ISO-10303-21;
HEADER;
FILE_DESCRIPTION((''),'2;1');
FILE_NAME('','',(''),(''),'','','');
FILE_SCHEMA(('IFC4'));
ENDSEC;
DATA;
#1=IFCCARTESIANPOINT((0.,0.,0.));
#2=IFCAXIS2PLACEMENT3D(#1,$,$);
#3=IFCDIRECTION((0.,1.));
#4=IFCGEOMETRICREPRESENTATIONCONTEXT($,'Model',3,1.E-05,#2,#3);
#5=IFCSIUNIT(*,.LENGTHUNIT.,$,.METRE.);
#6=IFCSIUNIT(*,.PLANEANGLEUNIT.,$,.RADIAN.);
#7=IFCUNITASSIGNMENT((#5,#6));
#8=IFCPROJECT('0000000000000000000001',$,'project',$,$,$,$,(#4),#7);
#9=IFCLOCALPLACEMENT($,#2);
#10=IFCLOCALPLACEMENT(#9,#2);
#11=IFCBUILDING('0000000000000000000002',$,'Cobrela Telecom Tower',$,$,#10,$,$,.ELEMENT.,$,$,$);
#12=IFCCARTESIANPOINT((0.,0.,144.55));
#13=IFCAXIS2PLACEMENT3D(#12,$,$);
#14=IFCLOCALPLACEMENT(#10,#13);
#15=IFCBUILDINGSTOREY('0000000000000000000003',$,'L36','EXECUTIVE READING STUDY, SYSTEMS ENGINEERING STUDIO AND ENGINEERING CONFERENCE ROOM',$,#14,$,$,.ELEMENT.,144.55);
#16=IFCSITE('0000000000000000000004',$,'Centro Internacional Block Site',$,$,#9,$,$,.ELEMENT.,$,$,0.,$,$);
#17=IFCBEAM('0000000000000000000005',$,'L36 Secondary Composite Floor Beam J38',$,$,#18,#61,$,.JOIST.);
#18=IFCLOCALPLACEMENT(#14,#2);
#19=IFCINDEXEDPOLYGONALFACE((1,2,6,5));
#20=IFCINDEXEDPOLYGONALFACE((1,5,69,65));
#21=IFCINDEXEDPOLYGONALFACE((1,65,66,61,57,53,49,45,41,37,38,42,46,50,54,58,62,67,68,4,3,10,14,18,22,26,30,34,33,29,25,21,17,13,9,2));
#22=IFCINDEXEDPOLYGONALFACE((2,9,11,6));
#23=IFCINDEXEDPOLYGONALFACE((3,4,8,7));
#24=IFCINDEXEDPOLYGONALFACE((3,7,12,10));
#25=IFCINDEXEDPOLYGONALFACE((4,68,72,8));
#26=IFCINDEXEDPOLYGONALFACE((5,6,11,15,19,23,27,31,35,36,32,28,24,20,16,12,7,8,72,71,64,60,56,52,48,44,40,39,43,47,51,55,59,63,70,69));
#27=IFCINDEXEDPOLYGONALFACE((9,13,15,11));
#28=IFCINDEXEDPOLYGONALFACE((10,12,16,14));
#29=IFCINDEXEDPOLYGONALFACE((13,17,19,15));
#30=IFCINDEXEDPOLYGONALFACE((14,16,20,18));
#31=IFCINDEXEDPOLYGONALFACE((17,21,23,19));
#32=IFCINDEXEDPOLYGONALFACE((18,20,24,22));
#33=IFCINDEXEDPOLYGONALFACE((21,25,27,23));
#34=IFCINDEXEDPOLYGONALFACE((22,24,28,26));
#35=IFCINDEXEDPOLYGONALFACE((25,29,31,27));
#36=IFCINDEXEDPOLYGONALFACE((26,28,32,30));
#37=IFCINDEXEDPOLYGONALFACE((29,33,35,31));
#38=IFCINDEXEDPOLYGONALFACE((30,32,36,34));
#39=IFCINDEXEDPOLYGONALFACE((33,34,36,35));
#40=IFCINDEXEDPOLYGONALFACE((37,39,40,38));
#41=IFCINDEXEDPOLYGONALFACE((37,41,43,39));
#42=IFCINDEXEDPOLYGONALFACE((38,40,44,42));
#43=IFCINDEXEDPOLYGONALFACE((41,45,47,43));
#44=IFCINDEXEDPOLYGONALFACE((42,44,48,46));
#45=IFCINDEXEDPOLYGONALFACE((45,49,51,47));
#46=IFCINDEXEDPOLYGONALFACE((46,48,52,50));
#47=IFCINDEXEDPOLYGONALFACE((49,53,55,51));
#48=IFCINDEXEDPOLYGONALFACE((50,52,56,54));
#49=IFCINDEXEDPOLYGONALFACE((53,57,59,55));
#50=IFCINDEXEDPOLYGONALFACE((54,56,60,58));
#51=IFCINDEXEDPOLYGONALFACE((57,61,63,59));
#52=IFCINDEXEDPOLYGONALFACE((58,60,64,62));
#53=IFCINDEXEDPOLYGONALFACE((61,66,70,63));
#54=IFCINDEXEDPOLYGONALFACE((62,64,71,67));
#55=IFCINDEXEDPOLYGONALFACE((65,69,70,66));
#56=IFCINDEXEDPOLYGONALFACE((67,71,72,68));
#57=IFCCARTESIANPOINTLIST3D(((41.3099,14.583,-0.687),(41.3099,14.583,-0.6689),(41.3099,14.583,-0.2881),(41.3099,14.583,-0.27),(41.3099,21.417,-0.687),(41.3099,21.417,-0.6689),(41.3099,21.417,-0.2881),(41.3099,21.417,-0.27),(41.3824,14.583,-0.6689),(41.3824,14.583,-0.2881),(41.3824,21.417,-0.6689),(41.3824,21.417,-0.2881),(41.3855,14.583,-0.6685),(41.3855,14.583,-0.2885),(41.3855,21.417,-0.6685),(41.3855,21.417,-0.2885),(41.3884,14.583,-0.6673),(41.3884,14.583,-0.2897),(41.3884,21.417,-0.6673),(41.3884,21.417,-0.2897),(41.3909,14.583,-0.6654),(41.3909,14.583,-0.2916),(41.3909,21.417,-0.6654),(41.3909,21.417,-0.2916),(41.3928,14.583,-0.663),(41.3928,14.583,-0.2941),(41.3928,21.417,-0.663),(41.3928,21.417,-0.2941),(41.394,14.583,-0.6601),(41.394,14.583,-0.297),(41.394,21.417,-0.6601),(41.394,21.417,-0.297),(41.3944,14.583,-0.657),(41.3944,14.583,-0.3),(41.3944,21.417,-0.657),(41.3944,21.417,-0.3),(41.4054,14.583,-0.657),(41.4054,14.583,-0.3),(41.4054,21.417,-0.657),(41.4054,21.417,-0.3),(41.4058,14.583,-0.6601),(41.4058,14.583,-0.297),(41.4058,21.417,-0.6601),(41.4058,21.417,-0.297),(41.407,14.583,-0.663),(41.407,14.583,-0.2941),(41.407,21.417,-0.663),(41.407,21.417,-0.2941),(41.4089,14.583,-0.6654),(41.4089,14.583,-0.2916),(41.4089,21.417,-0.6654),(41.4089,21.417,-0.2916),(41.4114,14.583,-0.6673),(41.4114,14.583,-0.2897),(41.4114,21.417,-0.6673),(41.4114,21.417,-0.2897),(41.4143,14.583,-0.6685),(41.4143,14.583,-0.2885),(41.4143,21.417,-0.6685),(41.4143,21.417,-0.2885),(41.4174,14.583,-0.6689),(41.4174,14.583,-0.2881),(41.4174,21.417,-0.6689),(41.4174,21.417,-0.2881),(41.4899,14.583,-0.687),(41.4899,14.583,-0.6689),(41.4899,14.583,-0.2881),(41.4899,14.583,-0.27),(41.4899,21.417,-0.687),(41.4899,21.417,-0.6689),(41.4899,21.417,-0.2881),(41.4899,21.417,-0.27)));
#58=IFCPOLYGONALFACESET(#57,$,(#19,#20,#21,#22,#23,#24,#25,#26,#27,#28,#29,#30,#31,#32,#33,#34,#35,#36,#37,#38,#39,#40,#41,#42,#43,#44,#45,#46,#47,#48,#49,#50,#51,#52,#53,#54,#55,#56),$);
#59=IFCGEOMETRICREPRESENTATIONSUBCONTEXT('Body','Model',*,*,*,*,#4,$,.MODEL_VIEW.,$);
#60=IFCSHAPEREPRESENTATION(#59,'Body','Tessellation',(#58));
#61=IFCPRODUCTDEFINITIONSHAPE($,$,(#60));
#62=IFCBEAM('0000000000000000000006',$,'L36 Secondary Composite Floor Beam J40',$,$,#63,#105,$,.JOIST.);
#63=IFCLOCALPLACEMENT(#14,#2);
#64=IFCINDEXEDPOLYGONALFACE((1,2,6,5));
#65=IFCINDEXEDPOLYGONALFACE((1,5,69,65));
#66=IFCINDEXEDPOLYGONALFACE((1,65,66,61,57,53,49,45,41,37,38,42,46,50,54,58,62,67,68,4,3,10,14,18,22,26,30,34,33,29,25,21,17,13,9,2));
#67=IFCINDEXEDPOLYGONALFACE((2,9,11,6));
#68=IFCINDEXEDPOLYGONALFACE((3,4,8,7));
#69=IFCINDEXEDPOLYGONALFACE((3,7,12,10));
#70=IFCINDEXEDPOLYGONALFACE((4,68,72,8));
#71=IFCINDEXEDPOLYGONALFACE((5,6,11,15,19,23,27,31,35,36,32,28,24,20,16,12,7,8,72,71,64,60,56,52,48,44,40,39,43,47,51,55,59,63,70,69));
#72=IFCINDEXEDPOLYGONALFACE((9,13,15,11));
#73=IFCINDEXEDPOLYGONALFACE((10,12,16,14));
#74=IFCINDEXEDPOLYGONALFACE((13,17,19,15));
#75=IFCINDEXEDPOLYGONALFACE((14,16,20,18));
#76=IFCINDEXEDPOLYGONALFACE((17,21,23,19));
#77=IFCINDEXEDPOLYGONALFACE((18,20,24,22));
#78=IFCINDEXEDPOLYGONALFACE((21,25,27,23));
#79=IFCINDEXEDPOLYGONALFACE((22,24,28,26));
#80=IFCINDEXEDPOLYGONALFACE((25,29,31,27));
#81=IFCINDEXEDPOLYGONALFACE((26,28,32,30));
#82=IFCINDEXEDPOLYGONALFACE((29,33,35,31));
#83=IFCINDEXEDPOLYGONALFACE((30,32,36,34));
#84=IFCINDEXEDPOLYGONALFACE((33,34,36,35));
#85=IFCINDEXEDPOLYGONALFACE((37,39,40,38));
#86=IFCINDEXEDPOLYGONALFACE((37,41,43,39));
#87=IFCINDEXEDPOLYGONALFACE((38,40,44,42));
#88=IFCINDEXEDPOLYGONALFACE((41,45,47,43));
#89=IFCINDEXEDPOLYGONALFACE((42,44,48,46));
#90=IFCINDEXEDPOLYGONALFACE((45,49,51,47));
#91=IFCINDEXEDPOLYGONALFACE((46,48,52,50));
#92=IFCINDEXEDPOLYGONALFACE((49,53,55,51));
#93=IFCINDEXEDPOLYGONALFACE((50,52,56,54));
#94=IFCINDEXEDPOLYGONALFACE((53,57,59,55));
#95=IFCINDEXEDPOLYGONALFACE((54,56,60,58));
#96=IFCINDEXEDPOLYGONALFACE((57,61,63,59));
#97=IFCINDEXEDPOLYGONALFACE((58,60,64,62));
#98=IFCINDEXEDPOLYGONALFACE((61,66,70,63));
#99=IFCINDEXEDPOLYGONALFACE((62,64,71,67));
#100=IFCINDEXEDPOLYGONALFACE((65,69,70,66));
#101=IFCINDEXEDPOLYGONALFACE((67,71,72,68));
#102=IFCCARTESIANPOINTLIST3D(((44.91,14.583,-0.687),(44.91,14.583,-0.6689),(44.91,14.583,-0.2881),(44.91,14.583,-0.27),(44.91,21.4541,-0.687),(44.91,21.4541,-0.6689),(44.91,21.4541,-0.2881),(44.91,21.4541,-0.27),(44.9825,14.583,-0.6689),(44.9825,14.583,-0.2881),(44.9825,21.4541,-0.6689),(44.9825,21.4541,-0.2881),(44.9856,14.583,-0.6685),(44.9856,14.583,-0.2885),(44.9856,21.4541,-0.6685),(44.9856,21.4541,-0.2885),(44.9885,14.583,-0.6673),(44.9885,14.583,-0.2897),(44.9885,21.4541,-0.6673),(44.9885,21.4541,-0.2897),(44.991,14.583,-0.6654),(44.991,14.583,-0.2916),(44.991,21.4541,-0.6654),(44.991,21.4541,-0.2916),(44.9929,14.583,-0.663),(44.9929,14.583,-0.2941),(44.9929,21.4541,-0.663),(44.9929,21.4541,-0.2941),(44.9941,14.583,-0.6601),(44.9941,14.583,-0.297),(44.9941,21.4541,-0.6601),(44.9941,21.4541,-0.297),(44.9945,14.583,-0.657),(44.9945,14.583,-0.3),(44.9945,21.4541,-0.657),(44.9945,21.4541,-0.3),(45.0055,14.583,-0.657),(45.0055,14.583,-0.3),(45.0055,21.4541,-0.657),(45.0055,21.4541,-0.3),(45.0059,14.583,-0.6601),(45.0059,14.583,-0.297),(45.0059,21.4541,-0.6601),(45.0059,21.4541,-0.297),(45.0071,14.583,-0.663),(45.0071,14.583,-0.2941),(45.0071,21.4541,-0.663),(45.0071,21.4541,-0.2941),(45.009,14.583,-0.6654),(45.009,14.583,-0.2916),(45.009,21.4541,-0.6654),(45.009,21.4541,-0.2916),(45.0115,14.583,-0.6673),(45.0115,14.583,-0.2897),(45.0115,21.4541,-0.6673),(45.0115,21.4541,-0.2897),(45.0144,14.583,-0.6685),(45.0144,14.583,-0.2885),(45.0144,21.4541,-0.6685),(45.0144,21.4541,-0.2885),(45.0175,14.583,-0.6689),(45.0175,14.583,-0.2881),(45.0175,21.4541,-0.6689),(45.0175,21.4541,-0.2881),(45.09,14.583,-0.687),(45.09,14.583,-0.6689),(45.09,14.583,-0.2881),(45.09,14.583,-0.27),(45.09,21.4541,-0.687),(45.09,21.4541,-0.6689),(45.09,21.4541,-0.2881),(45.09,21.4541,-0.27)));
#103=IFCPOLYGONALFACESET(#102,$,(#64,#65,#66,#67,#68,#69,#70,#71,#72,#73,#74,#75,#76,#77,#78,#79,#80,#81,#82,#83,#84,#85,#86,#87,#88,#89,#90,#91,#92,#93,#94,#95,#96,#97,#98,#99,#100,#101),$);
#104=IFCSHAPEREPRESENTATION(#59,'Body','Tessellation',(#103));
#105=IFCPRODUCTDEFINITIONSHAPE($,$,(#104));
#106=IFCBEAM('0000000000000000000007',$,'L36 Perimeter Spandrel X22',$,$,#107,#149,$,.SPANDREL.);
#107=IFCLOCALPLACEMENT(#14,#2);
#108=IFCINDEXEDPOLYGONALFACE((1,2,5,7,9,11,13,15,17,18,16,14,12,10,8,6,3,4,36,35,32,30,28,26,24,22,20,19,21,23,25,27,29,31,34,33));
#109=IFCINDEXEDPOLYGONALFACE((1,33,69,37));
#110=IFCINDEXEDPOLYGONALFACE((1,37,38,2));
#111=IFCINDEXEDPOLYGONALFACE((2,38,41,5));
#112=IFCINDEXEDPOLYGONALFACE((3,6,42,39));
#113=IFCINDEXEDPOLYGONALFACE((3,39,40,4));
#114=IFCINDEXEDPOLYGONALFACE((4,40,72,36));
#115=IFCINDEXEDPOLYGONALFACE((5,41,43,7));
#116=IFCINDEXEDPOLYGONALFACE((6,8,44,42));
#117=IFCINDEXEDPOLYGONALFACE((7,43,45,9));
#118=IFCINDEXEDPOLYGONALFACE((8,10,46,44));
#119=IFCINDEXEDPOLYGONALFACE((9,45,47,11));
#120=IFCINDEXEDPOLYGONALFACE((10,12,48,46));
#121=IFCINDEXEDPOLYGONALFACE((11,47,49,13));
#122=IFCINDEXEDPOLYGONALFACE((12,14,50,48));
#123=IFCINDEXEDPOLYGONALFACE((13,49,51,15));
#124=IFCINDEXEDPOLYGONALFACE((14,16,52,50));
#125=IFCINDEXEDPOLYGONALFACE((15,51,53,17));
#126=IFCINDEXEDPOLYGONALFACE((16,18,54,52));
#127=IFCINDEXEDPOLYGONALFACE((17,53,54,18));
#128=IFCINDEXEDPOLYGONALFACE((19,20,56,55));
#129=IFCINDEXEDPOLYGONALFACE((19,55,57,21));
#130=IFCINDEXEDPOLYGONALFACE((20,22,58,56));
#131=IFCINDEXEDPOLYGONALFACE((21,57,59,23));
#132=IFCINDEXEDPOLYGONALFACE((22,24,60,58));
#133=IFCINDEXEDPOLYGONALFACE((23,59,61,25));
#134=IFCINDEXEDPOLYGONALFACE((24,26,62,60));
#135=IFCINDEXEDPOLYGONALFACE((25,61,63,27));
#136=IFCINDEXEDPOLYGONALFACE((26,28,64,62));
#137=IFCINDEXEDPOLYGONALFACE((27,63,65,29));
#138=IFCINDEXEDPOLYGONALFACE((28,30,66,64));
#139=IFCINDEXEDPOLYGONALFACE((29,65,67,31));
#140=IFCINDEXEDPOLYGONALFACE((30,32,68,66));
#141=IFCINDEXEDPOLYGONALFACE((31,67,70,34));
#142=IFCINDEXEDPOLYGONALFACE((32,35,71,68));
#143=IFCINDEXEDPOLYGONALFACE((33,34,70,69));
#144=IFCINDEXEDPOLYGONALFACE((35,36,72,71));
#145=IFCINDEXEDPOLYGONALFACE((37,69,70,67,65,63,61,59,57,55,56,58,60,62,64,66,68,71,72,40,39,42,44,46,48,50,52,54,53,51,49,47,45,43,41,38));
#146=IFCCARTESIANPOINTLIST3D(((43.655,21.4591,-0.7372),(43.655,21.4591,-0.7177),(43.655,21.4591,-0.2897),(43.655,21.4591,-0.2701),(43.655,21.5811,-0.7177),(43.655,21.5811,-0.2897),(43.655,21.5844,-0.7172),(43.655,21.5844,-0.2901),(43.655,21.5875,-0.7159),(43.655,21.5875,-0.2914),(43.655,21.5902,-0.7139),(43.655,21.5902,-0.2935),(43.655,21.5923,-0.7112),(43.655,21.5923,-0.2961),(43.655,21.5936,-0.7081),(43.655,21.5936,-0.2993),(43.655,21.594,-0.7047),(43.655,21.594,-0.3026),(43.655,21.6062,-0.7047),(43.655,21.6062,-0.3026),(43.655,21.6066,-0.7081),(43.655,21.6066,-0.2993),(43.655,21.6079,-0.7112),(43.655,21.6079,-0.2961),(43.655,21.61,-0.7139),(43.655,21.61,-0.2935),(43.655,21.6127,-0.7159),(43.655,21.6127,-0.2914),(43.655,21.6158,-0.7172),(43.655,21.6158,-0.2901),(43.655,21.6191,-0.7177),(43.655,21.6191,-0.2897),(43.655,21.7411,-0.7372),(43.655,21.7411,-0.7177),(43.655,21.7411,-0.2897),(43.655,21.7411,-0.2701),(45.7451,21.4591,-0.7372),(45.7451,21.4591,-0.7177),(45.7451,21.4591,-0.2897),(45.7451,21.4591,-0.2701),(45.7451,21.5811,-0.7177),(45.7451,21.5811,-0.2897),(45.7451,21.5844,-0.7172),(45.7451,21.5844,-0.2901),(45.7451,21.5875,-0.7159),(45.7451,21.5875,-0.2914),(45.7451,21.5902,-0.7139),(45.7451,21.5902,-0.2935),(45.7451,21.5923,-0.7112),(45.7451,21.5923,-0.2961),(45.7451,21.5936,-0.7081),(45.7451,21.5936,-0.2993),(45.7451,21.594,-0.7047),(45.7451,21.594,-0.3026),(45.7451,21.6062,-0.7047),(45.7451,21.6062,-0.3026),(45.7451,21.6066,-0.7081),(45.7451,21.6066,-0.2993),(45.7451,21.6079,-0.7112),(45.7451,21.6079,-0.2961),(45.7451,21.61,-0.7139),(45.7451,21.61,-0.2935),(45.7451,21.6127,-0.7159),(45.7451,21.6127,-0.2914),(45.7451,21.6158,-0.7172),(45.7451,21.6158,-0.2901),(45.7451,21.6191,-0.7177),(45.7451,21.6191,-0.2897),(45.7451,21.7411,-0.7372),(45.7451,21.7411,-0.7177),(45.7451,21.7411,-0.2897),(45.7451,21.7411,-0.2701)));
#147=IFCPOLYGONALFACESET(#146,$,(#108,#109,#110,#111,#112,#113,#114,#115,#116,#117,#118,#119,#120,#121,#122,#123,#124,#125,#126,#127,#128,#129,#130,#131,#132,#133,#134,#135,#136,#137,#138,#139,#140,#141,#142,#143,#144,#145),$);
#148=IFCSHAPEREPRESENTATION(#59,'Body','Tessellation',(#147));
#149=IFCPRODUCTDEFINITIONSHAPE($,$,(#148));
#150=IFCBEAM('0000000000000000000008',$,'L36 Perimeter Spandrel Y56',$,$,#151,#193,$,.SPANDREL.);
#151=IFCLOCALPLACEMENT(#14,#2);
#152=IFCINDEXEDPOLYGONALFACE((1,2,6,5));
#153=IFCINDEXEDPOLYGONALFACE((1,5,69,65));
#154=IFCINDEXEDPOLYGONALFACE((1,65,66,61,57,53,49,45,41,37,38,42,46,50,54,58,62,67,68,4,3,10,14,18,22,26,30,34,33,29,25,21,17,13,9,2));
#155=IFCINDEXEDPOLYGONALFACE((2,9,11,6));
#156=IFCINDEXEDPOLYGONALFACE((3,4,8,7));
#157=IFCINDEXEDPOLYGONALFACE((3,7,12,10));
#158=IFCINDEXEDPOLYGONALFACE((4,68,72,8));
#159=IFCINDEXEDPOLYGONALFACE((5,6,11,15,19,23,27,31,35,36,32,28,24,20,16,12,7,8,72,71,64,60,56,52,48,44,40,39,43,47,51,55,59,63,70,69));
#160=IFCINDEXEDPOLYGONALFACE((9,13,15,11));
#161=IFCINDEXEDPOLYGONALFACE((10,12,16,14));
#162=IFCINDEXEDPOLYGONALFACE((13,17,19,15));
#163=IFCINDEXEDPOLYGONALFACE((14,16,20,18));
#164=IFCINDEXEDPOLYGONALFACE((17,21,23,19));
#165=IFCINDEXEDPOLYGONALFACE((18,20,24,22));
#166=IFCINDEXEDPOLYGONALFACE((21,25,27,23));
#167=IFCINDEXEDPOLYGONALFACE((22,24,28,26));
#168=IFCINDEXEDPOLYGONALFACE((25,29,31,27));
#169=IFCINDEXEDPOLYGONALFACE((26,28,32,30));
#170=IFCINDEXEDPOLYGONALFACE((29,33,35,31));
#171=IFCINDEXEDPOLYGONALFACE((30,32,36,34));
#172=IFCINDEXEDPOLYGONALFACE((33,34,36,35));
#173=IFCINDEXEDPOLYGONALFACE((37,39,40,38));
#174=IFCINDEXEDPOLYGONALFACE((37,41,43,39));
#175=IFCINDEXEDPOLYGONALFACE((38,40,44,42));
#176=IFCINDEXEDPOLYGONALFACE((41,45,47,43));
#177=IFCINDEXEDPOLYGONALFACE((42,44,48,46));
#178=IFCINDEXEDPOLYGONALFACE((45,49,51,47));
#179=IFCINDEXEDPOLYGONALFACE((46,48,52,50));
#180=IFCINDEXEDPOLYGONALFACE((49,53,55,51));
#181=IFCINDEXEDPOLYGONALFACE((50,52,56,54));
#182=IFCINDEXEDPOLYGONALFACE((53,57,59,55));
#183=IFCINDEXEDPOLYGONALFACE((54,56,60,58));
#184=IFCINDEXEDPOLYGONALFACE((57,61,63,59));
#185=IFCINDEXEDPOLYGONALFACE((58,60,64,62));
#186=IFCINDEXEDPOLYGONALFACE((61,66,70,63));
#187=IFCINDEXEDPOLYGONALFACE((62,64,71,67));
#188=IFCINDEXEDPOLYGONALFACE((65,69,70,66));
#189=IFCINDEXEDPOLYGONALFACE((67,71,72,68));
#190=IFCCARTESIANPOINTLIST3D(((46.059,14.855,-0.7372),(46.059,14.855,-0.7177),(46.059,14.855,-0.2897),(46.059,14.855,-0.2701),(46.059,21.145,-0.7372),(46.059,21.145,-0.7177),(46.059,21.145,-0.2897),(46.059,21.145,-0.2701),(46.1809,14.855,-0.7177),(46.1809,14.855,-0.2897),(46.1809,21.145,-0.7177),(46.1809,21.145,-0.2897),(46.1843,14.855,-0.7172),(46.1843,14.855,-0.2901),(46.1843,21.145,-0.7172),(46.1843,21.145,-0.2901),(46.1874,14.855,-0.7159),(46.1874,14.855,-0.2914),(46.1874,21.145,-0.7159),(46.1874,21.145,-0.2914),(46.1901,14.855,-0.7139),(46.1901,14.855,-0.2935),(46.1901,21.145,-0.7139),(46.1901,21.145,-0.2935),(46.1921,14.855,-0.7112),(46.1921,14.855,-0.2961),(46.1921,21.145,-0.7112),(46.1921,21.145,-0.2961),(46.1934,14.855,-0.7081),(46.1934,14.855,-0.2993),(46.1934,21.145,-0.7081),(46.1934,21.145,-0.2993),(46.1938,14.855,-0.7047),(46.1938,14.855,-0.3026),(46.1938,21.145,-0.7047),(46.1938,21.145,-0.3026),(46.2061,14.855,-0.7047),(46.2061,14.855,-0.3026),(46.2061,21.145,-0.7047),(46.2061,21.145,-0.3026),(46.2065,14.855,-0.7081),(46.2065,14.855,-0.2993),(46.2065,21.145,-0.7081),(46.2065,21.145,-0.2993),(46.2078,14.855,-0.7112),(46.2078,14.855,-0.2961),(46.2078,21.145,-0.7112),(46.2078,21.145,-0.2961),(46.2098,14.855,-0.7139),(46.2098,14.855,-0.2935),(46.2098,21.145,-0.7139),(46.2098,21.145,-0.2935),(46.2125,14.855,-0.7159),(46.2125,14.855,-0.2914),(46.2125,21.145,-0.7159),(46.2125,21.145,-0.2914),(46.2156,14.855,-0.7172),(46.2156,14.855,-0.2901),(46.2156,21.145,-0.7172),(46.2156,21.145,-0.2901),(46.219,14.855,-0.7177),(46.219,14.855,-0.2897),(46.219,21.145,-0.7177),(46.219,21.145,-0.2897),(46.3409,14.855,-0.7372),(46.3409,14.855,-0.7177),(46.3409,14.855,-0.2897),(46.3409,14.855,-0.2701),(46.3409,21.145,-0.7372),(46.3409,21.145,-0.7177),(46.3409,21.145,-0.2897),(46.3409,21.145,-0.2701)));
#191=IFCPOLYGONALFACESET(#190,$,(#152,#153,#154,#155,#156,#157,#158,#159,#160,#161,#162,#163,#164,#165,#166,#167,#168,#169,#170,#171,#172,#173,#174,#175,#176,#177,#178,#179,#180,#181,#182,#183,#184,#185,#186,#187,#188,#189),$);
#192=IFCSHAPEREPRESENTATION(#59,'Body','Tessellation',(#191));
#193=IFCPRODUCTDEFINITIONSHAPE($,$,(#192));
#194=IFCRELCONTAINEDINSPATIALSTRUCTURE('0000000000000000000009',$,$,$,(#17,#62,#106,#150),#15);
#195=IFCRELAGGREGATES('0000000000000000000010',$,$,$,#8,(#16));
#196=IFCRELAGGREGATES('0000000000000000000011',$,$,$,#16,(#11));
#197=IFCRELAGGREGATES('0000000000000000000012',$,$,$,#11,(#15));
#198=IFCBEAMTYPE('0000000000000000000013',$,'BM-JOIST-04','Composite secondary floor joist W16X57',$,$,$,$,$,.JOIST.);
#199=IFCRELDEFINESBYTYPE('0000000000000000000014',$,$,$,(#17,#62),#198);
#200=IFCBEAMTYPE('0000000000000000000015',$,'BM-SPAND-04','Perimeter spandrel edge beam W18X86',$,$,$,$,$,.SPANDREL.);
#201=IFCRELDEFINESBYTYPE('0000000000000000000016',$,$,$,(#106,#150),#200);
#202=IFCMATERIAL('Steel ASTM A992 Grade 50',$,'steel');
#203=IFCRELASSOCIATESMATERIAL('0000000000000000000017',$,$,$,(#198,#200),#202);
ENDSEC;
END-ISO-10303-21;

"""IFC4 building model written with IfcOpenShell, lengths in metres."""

from ifc_helpers import new_model, si_unit, direction, frame, origin, origin_2d, place, context, subcontext, project, spatial, i_section, extrude, material, material_profile, profile_set, type_object, element, save


model = new_model("IFC4")

# Units and contexts
model_context = context("Model", 3, precision=1e-05, world=origin(), true_north=direction((0.0, 1.0)))
body_context = subcontext(model_context, "Body", "Model", "MODEL_VIEW")
ifc_project = project(units=[si_unit("LENGTHUNIT", "METRE"), si_unit("PLANEANGLEUNIT", "RADIAN")], contexts=[model_context])

# Site, building, storey
site_placement = place(None, origin())
site = spatial("IfcSite", under=ifc_project, at=site_placement, Name="Centro Internacional Block Site", CompositionType="ELEMENT", RefElevation=0.0)
building_placement = place(site_placement, origin())
building = spatial("IfcBuilding", under=site, at=building_placement, Name="Cobrela Telecom Tower", CompositionType="ELEMENT")
storey_placement = place(building_placement, frame((0.0, 0.0, 144.55)))
storey = spatial("IfcBuildingStorey", under=building, at=storey_placement, Name="L36", Description="EXECUTIVE READING STUDY, SYSTEMS ENGINEERING STUDIO AND ENGINEERING CONFERENCE ROOM", CompositionType="ELEMENT", Elevation=144.55)

# Shared definitions
ifc_material_1 = material(Name="Steel ASTM A992 Grade 50", Category="steel")

# Beams
ifc_material_profile_1 = material_profile(ifc_material_1, i_section(OverallWidth=0.1799, OverallDepth=0.417, WebThickness=0.011, FlangeThickness=0.0181, FilletRadius=0.012, at=origin_2d()), Name="W16X57")
ifc_profile_set_1 = profile_set([ifc_material_profile_1], Name="Steel ASTM A992 Grade 50")
beam_type_1 = type_object("IfcBeamType", Name="BM-JOIST-04", Description="Composite secondary floor joist W16X57", PredefinedType="JOIST", material=ifc_profile_set_1)
for number, where, z_axis, x_axis, name in (
    (1, (41.3999, 14.583, -0.4785), (0.0, 1.0, 0.0), (-1.0, 0.0, 0.0), "L36 Secondary Composite Floor Beam J38"),
):
    element("IfcBeam", number, at=place(storey_placement, frame(where, z_axis=z_axis, x_axis=x_axis)), inside=storey, type_object=beam_type_1, Name=name, PredefinedType="JOIST", context=body_context, shape_type="SweptSolid", body=[
        extrude(i_section(OverallWidth=0.1799, OverallDepth=0.417, WebThickness=0.011, FlangeThickness=0.0181, FilletRadius=0.012, at=origin_2d()), origin(), (0.0, 0.0, 1.0), 6.834),
    ])
beam_1_placement = place(storey_placement, frame((45.0, 14.583, -0.4785), z_axis=(0.0, 1.0, 0.0), x_axis=(-1.0, 0.0, 0.0)))
element("IfcBeam", 2, at=beam_1_placement, inside=storey, type_object=beam_type_1, Name="L36 Secondary Composite Floor Beam J40", PredefinedType="JOIST", context=body_context, shape_type="SweptSolid", body=[
    extrude(i_section(OverallWidth=0.1799, OverallDepth=0.417, WebThickness=0.011, FlangeThickness=0.0181, FilletRadius=0.012, at=origin_2d()), origin(), (0.0, 0.0, 1.0), 6.8711),
])
ifc_material_profile_2 = material_profile(ifc_material_1, i_section(OverallWidth=0.282, OverallDepth=0.467, WebThickness=0.0122, FlangeThickness=0.0195, FilletRadius=0.0129, at=origin_2d()), Name="W18X86")
ifc_profile_set_2 = profile_set([ifc_material_profile_2], Name="Steel ASTM A992 Grade 50")
beam_type_2 = type_object("IfcBeamType", Name="BM-SPAND-04", Description="Perimeter spandrel edge beam W18X86", PredefinedType="SPANDREL", material=ifc_profile_set_2)
beam_2_placement = place(storey_placement, frame((43.655, 21.6001, -0.5037), z_axis=(1.0, 0.0, 0.0), x_axis=(0.0, 1.0, 0.0)))
element("IfcBeam", 3, at=beam_2_placement, inside=storey, type_object=beam_type_2, Name="L36 Perimeter Spandrel X22", PredefinedType="SPANDREL", context=body_context, shape_type="SweptSolid", body=[
    extrude(i_section(OverallWidth=0.282, OverallDepth=0.467, WebThickness=0.0122, FlangeThickness=0.0195, FilletRadius=0.0129, at=origin_2d()), origin(), (0.0, 0.0, 1.0), 2.0901),
])
beam_3_placement = place(storey_placement, frame((46.2, 14.855, -0.5037), z_axis=(0.0, 1.0, 0.0), x_axis=(-1.0, 0.0, 0.0)))
element("IfcBeam", 4, at=beam_3_placement, inside=storey, type_object=beam_type_2, Name="L36 Perimeter Spandrel Y56", PredefinedType="SPANDREL", context=body_context, shape_type="SweptSolid", body=[
    extrude(i_section(OverallWidth=0.282, OverallDepth=0.467, WebThickness=0.0122, FlangeThickness=0.0195, FilletRadius=0.0129, at=origin_2d()), origin(), (0.0, 0.0, 1.0), 6.29),
])

save(model, "model.ifc")
